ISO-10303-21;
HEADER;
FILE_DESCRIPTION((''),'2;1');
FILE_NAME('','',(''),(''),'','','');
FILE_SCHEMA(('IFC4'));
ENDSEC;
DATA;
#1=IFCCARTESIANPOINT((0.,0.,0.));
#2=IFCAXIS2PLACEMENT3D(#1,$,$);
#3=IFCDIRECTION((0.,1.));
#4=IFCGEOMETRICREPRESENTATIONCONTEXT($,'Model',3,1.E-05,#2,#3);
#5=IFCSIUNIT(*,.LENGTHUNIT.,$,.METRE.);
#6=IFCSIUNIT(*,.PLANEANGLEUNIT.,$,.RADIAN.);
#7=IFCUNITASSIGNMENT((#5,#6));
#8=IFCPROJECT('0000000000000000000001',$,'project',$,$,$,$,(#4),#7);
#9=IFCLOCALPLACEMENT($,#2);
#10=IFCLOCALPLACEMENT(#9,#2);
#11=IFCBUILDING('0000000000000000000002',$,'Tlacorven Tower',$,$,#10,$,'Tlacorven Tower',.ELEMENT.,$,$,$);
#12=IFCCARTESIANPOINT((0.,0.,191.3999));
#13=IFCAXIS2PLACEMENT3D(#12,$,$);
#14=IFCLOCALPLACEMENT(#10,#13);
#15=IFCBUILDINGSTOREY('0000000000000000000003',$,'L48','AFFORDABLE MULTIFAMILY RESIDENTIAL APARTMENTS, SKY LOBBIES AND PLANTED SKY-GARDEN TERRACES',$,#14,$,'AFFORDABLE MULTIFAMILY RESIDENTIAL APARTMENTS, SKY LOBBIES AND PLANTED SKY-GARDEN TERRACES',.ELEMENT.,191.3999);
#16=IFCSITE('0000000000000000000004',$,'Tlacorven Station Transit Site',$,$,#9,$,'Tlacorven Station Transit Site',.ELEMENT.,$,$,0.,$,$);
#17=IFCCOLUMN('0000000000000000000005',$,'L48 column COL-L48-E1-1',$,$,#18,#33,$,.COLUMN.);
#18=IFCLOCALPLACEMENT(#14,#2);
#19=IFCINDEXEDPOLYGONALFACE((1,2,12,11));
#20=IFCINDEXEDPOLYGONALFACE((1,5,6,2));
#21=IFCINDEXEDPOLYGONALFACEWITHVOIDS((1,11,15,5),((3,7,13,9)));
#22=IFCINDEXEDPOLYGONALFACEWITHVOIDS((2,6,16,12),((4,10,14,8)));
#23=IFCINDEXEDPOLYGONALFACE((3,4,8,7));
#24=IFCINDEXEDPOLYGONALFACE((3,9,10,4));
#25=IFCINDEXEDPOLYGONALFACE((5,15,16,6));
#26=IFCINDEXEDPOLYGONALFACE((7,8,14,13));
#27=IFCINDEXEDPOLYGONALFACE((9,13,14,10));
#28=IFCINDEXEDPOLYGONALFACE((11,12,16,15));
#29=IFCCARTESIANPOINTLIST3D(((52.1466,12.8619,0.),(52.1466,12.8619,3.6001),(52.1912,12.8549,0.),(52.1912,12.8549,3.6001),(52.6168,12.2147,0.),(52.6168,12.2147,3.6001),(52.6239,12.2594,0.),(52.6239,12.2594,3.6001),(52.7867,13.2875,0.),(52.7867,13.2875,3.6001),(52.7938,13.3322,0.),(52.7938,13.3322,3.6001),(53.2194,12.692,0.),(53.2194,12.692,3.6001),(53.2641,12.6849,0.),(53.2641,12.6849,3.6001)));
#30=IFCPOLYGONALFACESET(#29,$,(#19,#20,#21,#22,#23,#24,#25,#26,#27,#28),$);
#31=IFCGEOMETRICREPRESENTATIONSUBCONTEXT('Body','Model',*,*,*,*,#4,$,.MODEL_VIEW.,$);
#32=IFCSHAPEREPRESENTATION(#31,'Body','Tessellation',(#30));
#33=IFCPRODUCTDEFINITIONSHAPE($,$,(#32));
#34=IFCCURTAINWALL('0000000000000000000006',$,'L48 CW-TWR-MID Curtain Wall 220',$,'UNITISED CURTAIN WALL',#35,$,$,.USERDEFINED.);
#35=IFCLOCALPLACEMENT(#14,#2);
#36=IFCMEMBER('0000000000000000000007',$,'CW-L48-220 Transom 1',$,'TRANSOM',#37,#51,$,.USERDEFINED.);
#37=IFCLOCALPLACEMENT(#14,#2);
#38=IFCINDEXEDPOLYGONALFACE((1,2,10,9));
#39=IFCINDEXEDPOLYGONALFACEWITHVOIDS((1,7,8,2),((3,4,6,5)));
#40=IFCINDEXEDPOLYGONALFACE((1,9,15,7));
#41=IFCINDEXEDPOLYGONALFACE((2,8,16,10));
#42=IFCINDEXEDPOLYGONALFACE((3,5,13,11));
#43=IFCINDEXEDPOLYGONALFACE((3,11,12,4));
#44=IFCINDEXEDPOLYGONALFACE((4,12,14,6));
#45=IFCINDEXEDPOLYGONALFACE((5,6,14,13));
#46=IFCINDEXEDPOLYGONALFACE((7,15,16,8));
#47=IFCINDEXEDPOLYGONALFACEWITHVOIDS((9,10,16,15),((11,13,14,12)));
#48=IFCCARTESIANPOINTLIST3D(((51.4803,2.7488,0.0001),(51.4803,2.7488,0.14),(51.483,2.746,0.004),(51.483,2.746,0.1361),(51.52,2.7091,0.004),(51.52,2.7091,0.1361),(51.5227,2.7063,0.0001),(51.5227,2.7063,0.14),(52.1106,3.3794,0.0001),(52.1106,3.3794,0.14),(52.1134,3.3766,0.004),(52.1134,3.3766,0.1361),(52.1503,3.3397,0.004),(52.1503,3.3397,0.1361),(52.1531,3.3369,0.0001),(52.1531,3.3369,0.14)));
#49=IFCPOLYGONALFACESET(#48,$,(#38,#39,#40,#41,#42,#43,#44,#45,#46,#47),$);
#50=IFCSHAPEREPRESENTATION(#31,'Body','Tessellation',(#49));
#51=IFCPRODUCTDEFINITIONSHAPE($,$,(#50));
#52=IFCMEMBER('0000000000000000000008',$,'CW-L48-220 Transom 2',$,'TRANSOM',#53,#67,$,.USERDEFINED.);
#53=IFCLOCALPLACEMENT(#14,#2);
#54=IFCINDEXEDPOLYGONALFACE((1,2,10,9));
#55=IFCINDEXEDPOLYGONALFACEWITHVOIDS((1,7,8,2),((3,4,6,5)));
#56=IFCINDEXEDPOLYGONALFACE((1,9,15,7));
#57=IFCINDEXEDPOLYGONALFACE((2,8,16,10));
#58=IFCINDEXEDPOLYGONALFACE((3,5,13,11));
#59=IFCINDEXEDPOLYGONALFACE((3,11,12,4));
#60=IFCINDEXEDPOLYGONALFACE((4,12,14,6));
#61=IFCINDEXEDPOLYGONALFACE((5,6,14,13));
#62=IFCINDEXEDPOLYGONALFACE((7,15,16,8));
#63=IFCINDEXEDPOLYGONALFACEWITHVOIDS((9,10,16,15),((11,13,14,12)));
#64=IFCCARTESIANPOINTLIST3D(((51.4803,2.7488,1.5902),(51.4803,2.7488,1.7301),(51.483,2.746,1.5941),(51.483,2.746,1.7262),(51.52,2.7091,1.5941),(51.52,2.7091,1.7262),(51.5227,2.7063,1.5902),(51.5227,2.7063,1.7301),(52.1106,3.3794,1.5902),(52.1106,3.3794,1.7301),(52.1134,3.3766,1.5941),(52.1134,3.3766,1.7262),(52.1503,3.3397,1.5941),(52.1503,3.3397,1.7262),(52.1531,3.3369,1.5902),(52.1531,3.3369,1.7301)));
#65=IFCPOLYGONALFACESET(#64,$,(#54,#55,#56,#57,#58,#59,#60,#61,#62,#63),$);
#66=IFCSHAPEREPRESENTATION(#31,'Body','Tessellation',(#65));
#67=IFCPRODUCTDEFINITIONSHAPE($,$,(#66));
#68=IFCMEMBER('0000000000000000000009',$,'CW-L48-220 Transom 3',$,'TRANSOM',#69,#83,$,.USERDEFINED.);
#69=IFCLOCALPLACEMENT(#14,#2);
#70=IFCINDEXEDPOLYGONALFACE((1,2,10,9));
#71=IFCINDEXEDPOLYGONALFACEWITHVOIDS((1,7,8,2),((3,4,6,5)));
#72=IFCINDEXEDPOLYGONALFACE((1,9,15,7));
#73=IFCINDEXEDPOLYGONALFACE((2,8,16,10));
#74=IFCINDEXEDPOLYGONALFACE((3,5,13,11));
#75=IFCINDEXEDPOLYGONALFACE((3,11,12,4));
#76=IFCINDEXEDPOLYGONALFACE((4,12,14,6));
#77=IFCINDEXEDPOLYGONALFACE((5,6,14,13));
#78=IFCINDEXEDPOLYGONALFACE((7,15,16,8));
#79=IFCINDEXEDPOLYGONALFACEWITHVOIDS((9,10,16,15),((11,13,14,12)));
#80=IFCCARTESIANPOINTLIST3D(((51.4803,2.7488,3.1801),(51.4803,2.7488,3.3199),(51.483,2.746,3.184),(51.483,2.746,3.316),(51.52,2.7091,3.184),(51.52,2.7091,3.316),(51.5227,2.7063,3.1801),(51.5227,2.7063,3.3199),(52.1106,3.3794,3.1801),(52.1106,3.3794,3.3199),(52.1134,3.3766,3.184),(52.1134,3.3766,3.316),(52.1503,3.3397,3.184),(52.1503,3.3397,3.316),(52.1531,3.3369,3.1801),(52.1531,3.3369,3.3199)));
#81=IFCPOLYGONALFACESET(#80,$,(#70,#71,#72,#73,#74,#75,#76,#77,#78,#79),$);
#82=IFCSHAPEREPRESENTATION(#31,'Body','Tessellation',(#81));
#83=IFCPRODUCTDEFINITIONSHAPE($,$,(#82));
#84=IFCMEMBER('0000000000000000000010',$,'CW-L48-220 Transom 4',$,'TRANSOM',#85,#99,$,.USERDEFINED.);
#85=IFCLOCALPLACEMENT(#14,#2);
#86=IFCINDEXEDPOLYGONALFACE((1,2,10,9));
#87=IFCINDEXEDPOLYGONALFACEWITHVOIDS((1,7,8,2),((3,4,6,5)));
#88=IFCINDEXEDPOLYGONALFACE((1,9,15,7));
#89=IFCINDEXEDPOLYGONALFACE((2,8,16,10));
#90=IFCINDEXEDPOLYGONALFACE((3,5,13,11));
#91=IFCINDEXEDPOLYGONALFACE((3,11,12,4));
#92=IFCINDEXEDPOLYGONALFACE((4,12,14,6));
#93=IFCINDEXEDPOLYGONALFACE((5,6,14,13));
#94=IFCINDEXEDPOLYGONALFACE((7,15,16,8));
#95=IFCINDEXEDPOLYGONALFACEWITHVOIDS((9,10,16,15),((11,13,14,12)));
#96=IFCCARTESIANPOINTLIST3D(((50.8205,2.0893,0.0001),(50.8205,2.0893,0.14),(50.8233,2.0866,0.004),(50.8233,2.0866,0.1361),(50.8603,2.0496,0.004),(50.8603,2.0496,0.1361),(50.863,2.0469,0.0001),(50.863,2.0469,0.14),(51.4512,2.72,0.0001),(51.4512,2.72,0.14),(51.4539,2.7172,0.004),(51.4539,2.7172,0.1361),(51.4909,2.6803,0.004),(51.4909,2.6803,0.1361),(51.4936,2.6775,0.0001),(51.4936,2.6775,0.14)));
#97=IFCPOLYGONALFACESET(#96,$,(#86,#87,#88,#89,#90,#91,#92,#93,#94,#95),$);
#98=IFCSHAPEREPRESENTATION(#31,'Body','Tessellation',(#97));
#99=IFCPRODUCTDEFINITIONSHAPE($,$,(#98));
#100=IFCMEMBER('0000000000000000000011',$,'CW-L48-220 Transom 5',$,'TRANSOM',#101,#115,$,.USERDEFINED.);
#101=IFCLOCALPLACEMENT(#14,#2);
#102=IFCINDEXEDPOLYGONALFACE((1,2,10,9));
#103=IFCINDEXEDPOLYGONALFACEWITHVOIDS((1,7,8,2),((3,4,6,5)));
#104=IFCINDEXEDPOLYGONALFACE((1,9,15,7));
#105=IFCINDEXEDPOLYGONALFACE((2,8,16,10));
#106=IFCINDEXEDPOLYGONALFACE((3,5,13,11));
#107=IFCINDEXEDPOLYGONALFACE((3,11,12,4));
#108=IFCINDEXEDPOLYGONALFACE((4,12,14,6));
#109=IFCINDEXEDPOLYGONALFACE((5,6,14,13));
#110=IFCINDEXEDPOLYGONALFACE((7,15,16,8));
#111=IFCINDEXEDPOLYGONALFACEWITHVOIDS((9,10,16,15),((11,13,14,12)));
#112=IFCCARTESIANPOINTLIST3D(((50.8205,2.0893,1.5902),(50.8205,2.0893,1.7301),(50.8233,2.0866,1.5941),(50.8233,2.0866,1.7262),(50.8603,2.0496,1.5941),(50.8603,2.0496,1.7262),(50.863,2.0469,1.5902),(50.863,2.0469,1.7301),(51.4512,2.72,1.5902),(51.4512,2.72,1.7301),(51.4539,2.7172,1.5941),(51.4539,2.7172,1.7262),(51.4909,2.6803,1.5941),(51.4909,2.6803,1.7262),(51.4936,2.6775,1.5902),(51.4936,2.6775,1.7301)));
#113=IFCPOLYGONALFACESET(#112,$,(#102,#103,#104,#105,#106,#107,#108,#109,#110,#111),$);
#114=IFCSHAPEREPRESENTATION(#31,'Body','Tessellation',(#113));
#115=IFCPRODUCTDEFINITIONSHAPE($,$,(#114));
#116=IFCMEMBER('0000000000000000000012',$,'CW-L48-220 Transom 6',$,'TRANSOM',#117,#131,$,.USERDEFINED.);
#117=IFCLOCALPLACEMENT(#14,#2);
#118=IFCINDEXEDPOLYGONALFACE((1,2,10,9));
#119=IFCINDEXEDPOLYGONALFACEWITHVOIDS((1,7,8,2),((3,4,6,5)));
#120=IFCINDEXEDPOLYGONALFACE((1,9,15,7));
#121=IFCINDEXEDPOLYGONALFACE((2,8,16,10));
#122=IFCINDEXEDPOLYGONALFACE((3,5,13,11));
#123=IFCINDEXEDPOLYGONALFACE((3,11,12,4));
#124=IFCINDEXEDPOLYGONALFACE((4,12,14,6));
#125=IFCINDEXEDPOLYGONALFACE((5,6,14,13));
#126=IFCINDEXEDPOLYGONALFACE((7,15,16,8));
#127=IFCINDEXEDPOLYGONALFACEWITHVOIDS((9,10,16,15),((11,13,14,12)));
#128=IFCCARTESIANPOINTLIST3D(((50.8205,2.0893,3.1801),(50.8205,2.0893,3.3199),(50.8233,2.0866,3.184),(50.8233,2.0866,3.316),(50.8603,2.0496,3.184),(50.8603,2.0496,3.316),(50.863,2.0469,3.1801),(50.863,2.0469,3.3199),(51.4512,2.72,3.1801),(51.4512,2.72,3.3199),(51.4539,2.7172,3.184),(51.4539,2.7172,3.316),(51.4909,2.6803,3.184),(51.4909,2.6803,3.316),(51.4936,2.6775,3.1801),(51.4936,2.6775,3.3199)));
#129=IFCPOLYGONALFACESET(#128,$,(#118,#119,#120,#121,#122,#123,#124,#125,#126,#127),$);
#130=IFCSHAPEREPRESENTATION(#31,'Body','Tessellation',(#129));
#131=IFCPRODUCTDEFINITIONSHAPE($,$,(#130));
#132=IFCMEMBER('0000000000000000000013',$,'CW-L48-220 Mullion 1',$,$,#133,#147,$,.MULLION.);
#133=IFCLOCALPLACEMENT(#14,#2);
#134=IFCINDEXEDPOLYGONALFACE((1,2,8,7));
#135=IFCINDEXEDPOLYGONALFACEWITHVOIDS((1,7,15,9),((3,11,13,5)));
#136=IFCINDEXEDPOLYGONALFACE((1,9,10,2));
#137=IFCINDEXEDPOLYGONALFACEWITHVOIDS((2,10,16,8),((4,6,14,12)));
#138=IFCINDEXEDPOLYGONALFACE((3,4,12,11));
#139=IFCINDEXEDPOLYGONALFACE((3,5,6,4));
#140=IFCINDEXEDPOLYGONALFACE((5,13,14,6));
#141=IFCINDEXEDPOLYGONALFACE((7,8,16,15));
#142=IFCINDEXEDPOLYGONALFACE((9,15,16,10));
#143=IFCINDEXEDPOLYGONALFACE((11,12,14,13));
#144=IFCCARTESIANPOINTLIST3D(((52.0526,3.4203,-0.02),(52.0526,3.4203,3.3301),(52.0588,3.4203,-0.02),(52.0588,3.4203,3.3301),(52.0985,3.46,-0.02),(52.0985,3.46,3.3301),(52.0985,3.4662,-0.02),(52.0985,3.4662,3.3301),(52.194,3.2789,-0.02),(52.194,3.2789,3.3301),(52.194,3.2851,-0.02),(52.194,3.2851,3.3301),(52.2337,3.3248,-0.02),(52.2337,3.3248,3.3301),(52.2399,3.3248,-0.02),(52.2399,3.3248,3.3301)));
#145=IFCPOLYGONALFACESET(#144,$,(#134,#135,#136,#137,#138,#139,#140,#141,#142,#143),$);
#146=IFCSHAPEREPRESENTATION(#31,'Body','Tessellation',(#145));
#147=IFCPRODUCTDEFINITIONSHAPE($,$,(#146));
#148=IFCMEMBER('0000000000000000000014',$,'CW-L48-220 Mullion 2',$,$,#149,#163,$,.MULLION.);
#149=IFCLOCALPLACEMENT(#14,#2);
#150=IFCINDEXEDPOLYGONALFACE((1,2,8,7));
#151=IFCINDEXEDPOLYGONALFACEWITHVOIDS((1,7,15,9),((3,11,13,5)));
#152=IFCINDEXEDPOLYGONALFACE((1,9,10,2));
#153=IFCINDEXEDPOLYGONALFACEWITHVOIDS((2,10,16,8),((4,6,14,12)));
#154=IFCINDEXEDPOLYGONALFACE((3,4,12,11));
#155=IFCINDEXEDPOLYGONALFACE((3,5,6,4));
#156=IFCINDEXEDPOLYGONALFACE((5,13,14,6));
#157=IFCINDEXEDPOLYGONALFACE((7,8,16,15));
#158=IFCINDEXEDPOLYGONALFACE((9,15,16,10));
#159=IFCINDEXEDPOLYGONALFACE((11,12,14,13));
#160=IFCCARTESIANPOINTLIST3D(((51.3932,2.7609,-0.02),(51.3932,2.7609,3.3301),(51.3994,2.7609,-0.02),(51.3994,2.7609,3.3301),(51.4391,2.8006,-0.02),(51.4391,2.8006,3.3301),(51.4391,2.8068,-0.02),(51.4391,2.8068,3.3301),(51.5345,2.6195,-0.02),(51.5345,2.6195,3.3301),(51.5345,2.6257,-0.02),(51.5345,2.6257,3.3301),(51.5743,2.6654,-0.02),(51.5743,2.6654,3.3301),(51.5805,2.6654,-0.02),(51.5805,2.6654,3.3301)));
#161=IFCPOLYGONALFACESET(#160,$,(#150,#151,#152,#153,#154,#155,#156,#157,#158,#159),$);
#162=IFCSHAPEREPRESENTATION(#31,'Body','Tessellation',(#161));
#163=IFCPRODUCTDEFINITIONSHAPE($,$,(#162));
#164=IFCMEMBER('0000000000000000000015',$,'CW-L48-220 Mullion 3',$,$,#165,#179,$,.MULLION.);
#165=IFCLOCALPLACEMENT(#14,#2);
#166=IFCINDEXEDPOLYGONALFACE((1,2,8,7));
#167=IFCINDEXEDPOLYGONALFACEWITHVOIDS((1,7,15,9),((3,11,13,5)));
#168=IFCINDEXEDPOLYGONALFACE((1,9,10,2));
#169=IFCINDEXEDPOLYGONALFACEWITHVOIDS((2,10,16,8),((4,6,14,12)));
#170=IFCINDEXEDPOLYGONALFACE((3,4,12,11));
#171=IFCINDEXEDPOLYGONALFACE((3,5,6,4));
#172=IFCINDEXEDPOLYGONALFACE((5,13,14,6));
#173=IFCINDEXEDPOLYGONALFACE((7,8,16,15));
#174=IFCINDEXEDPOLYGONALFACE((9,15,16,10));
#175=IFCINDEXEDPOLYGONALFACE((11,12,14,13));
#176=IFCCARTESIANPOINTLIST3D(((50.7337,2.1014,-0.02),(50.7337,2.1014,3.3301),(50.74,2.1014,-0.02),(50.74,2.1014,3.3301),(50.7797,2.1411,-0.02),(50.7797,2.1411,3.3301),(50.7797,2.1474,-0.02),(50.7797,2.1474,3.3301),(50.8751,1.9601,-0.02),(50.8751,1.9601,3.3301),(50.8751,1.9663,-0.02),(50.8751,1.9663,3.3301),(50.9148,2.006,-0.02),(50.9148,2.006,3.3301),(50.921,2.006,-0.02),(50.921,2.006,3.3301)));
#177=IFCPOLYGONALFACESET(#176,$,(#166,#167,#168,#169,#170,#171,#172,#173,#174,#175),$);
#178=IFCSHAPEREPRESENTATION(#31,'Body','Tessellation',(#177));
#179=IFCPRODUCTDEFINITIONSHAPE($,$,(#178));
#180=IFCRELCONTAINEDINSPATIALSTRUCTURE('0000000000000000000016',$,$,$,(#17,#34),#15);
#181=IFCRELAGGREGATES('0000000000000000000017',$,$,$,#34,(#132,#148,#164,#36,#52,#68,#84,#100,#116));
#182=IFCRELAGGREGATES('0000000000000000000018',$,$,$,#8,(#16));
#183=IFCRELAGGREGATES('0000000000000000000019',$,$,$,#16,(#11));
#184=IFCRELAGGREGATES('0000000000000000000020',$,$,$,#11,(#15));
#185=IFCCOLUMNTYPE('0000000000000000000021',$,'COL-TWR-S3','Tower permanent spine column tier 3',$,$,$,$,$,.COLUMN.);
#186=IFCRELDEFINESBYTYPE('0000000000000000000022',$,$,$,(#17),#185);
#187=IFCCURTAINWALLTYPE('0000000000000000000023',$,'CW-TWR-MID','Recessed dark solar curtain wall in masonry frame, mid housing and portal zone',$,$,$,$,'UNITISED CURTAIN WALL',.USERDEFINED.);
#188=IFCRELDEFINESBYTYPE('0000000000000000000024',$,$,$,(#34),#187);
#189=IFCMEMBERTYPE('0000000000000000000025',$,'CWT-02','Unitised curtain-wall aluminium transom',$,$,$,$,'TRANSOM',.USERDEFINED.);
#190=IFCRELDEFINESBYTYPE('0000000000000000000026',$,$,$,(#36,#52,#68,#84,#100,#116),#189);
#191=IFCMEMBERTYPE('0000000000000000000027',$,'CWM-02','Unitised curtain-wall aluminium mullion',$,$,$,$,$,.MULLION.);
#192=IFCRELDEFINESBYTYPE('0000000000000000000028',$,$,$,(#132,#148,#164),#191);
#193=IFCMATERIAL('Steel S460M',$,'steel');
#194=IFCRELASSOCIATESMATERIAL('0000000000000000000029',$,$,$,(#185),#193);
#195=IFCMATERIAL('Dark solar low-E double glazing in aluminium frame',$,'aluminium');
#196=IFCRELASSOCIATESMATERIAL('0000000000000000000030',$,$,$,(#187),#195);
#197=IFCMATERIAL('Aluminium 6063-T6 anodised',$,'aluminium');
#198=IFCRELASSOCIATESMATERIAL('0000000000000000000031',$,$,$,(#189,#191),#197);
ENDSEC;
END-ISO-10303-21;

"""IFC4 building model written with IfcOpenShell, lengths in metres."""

from ifc_helpers import new_model, si_unit, direction, frame, origin, origin_2d, place, context, subcontext, project, spatial, hollow_rectangle, extrude, source, transform, mapped, material, material_profile, profile_set, type_object, element, aggregate, save


model = new_model("IFC4")

# Units and contexts
model_context = context("Model", 3, precision=1e-05, world=origin(), true_north=direction((0.0, 1.0)))
body_context = subcontext(model_context, "Body", "Model", "MODEL_VIEW")
ifc_project = project(units=[si_unit("LENGTHUNIT", "METRE"), si_unit("PLANEANGLEUNIT", "RADIAN")], contexts=[model_context])

# Site, building, storey
site_placement = place(None, origin())
site = spatial("IfcSite", under=ifc_project, at=site_placement, Name="Tlacorven Station Transit Site", LongName="Tlacorven Station Transit Site", CompositionType="ELEMENT", RefElevation=0.0)
building_placement = place(site_placement, origin())
building = spatial("IfcBuilding", under=site, at=building_placement, Name="Tlacorven Tower", LongName="Tlacorven Tower", CompositionType="ELEMENT")
storey_placement = place(building_placement, frame((0.0, 0.0, 191.3999)))
storey = spatial("IfcBuildingStorey", under=building, at=storey_placement, Name="L48", Description="AFFORDABLE MULTIFAMILY RESIDENTIAL APARTMENTS, SKY LOBBIES AND PLANTED SKY-GARDEN TERRACES", LongName="AFFORDABLE MULTIFAMILY RESIDENTIAL APARTMENTS, SKY LOBBIES AND PLANTED SKY-GARDEN TERRACES", CompositionType="ELEMENT", Elevation=191.3999)

# Column
ifc_material_1 = material(Name="Steel S460M", Category="steel")
ifc_material_profile_1 = material_profile(ifc_material_1, hollow_rectangle(XDim=0.8, YDim=0.8, WallThickness=0.032, at=origin_2d()), Name="BOX 800X800X32")
ifc_profile_set_1 = profile_set([ifc_material_profile_1], Name="Steel S460M")
column_type = type_object("IfcColumnType", Name="COL-TWR-S3", Description="Tower permanent spine column tier 3", PredefinedType="COLUMN", material=ifc_profile_set_1)
shared_shape_1 = source(origin(), body_context, "Body", "SweptSolid", [
    extrude(hollow_rectangle(XDim=0.8, YDim=0.8, WallThickness=0.032, at=origin_2d()), origin(), (0.0, 0.0, 1.0), 3.6001),
])
column_placement = place(storey_placement, frame((52.7053, 12.7734, 0.0), z_axis=(0.0, 0.0, 1.0), x_axis=(0.809017, 0.587785, 0.0)))
element("IfcColumn", 1, at=column_placement, inside=storey, type_object=column_type, Name="L48 column COL-L48-E1-1", PredefinedType="COLUMN", context=body_context, shape_type="MappedRepresentation", body=[
    mapped(shared_shape_1, transform((0.0, 0.0, 0.0), scale=1.0)),
])

# Curtain wall, members
ifc_material_2 = material(Name="Dark solar low-E double glazing in aluminium frame", Category="aluminium")
curtain_wall_type = type_object("IfcCurtainWallType", Name="CW-TWR-MID", Description="Recessed dark solar curtain wall in masonry frame, mid housing and portal zone", ElementType="UNITISED CURTAIN WALL", PredefinedType="USERDEFINED", material=ifc_material_2)
curtain_wall_placement = place(storey_placement, origin())
curtain_wall = element("IfcCurtainWall", 2, at=curtain_wall_placement, inside=storey, type_object=curtain_wall_type, Name="L48 CW-TWR-MID Curtain Wall 220", ObjectType="UNITISED CURTAIN WALL", PredefinedType="USERDEFINED")
ifc_material_3 = material(Name="Aluminium 6063-T6 anodised", Category="aluminium")
ifc_material_profile_2 = material_profile(ifc_material_3, hollow_rectangle(XDim=0.0601, YDim=0.1399, WallThickness=0.0039, at=origin_2d()), Name="ALU TRANSOM 60X140")
ifc_profile_set_2 = profile_set([ifc_material_profile_2], Name="Aluminium 6063-T6 anodised")
member_type_1 = type_object("IfcMemberType", Name="CWT-02", Description="Unitised curtain-wall aluminium transom", ElementType="TRANSOM", PredefinedType="USERDEFINED", material=ifc_profile_set_2)
shared_shape_2 = source(origin(), body_context, "Body", "SweptSolid", [
    extrude(hollow_rectangle(XDim=0.0601, YDim=0.1399, WallThickness=0.0039, at=origin_2d()), origin(), (0.0, 0.0, 1.0), 0.8916),
])
member_1_placement = place(storey_placement, frame((52.1318, 3.3582, 0.0701), z_axis=(-0.70697, -0.707244, 0.0), x_axis=(0.707244, -0.70697, 0.0)))
member_1 = element("IfcMember", 3, at=member_1_placement, type_object=member_type_1, Name="CW-L48-220 Transom 1", ObjectType="TRANSOM", PredefinedType="USERDEFINED", context=body_context, shape_type="MappedRepresentation", body=[
    mapped(shared_shape_2, transform((0.0, 0.0, 0.0), scale=1.0)),
])
member_2_placement = place(storey_placement, frame((52.1318, 3.3582, 1.6602), z_axis=(-0.70697, -0.707244, 0.0), x_axis=(0.707244, -0.70697, 0.0)))
member_2 = element("IfcMember", 4, at=member_2_placement, type_object=member_type_1, Name="CW-L48-220 Transom 2", ObjectType="TRANSOM", PredefinedType="USERDEFINED", context=body_context, shape_type="MappedRepresentation", body=[
    mapped(shared_shape_2, transform((0.0, 0.0, 0.0), scale=1.0)),
])
member_3_placement = place(storey_placement, frame((52.1318, 3.3582, 3.25), z_axis=(-0.70697, -0.707244, 0.0), x_axis=(0.707244, -0.70697, 0.0)))
member_3 = element("IfcMember", 5, at=member_3_placement, type_object=member_type_1, Name="CW-L48-220 Transom 3", ObjectType="TRANSOM", PredefinedType="USERDEFINED", context=body_context, shape_type="MappedRepresentation", body=[
    mapped(shared_shape_2, transform((0.0, 0.0, 0.0), scale=1.0)),
])
shared_shape_3 = source(origin(), body_context, "Body", "SweptSolid", [
    extrude(hollow_rectangle(XDim=0.0601, YDim=0.1399, WallThickness=0.0039, at=origin_2d()), origin(), (0.0, 0.0, 1.0), 0.8918),
])
member_4_placement = place(storey_placement, frame((51.4724, 2.6987, 0.0701), z_axis=(-0.707107, -0.707107, 0.0), x_axis=(0.707107, -0.707107, 0.0)))
member_4 = element("IfcMember", 6, at=member_4_placement, type_object=member_type_1, Name="CW-L48-220 Transom 4", ObjectType="TRANSOM", PredefinedType="USERDEFINED", context=body_context, shape_type="MappedRepresentation", body=[
    mapped(shared_shape_3, transform((0.0, 0.0, 0.0), scale=1.0)),
])
member_5_placement = place(storey_placement, frame((51.4724, 2.6987, 1.6602), z_axis=(-0.707107, -0.707107, 0.0), x_axis=(0.707107, -0.707107, 0.0)))
member_5 = element("IfcMember", 7, at=member_5_placement, type_object=member_type_1, Name="CW-L48-220 Transom 5", ObjectType="TRANSOM", PredefinedType="USERDEFINED", context=body_context, shape_type="MappedRepresentation", body=[
    mapped(shared_shape_3, transform((0.0, 0.0, 0.0), scale=1.0)),
])
member_6_placement = place(storey_placement, frame((51.4724, 2.6987, 3.25), z_axis=(-0.707107, -0.707107, 0.0), x_axis=(0.707107, -0.707107, 0.0)))
member_6 = element("IfcMember", 8, at=member_6_placement, type_object=member_type_1, Name="CW-L48-220 Transom 6", ObjectType="TRANSOM", PredefinedType="USERDEFINED", context=body_context, shape_type="MappedRepresentation", body=[
    mapped(shared_shape_3, transform((0.0, 0.0, 0.0), scale=1.0)),
])
ifc_material_profile_3 = material_profile(ifc_material_3, hollow_rectangle(XDim=0.0649, YDim=0.2, WallThickness=0.0044, at=origin_2d()), Name="ALU MULLION 65X200")
ifc_profile_set_3 = profile_set([ifc_material_profile_3], Name="Aluminium 6063-T6 anodised")
member_type_2 = type_object("IfcMemberType", Name="CWM-02", Description="Unitised curtain-wall aluminium mullion", PredefinedType="MULLION", material=ifc_profile_set_3)
shared_shape_4 = source(origin(), body_context, "Body", "SweptSolid", [
    extrude(hollow_rectangle(XDim=0.0649, YDim=0.2, WallThickness=0.0044, at=origin_2d()), origin(), (0.0, 0.0, 1.0), 3.3501),
])
member_7_placement = place(storey_placement, frame((52.1462, 3.3726, -0.02), z_axis=(0.0, 0.0, 1.0), x_axis=(-0.707107, -0.707107, 0.0)))
member_7 = element("IfcMember", 9, at=member_7_placement, type_object=member_type_2, Name="CW-L48-220 Mullion 1", PredefinedType="MULLION", context=body_context, shape_type="MappedRepresentation", body=[
    mapped(shared_shape_4, transform((0.0, 0.0, 0.0), scale=1.0)),
])
member_8_placement = place(storey_placement, frame((51.4868, 2.7131, -0.02), z_axis=(0.0, 0.0, 1.0), x_axis=(-0.707107, -0.707107, 0.0)))
member_8 = element("IfcMember", 10, at=member_8_placement, type_object=member_type_2, Name="CW-L48-220 Mullion 2", PredefinedType="MULLION", context=body_context, shape_type="MappedRepresentation", body=[
    mapped(shared_shape_4, transform((0.0, 0.0, 0.0), scale=1.0)),
])
member_9_placement = place(storey_placement, frame((50.8274, 2.0537, -0.02), z_axis=(0.0, 0.0, 1.0), x_axis=(-0.707107, -0.707107, 0.0)))
member_9 = element("IfcMember", 11, at=member_9_placement, type_object=member_type_2, Name="CW-L48-220 Mullion 3", PredefinedType="MULLION", context=body_context, shape_type="MappedRepresentation", body=[
    mapped(shared_shape_4, transform((0.0, 0.0, 0.0), scale=1.0)),
])
aggregate(curtain_wall, [member_7, member_8, member_9, member_1, member_2, member_3, member_4, member_5, member_6])

save(model, "model.ifc")
